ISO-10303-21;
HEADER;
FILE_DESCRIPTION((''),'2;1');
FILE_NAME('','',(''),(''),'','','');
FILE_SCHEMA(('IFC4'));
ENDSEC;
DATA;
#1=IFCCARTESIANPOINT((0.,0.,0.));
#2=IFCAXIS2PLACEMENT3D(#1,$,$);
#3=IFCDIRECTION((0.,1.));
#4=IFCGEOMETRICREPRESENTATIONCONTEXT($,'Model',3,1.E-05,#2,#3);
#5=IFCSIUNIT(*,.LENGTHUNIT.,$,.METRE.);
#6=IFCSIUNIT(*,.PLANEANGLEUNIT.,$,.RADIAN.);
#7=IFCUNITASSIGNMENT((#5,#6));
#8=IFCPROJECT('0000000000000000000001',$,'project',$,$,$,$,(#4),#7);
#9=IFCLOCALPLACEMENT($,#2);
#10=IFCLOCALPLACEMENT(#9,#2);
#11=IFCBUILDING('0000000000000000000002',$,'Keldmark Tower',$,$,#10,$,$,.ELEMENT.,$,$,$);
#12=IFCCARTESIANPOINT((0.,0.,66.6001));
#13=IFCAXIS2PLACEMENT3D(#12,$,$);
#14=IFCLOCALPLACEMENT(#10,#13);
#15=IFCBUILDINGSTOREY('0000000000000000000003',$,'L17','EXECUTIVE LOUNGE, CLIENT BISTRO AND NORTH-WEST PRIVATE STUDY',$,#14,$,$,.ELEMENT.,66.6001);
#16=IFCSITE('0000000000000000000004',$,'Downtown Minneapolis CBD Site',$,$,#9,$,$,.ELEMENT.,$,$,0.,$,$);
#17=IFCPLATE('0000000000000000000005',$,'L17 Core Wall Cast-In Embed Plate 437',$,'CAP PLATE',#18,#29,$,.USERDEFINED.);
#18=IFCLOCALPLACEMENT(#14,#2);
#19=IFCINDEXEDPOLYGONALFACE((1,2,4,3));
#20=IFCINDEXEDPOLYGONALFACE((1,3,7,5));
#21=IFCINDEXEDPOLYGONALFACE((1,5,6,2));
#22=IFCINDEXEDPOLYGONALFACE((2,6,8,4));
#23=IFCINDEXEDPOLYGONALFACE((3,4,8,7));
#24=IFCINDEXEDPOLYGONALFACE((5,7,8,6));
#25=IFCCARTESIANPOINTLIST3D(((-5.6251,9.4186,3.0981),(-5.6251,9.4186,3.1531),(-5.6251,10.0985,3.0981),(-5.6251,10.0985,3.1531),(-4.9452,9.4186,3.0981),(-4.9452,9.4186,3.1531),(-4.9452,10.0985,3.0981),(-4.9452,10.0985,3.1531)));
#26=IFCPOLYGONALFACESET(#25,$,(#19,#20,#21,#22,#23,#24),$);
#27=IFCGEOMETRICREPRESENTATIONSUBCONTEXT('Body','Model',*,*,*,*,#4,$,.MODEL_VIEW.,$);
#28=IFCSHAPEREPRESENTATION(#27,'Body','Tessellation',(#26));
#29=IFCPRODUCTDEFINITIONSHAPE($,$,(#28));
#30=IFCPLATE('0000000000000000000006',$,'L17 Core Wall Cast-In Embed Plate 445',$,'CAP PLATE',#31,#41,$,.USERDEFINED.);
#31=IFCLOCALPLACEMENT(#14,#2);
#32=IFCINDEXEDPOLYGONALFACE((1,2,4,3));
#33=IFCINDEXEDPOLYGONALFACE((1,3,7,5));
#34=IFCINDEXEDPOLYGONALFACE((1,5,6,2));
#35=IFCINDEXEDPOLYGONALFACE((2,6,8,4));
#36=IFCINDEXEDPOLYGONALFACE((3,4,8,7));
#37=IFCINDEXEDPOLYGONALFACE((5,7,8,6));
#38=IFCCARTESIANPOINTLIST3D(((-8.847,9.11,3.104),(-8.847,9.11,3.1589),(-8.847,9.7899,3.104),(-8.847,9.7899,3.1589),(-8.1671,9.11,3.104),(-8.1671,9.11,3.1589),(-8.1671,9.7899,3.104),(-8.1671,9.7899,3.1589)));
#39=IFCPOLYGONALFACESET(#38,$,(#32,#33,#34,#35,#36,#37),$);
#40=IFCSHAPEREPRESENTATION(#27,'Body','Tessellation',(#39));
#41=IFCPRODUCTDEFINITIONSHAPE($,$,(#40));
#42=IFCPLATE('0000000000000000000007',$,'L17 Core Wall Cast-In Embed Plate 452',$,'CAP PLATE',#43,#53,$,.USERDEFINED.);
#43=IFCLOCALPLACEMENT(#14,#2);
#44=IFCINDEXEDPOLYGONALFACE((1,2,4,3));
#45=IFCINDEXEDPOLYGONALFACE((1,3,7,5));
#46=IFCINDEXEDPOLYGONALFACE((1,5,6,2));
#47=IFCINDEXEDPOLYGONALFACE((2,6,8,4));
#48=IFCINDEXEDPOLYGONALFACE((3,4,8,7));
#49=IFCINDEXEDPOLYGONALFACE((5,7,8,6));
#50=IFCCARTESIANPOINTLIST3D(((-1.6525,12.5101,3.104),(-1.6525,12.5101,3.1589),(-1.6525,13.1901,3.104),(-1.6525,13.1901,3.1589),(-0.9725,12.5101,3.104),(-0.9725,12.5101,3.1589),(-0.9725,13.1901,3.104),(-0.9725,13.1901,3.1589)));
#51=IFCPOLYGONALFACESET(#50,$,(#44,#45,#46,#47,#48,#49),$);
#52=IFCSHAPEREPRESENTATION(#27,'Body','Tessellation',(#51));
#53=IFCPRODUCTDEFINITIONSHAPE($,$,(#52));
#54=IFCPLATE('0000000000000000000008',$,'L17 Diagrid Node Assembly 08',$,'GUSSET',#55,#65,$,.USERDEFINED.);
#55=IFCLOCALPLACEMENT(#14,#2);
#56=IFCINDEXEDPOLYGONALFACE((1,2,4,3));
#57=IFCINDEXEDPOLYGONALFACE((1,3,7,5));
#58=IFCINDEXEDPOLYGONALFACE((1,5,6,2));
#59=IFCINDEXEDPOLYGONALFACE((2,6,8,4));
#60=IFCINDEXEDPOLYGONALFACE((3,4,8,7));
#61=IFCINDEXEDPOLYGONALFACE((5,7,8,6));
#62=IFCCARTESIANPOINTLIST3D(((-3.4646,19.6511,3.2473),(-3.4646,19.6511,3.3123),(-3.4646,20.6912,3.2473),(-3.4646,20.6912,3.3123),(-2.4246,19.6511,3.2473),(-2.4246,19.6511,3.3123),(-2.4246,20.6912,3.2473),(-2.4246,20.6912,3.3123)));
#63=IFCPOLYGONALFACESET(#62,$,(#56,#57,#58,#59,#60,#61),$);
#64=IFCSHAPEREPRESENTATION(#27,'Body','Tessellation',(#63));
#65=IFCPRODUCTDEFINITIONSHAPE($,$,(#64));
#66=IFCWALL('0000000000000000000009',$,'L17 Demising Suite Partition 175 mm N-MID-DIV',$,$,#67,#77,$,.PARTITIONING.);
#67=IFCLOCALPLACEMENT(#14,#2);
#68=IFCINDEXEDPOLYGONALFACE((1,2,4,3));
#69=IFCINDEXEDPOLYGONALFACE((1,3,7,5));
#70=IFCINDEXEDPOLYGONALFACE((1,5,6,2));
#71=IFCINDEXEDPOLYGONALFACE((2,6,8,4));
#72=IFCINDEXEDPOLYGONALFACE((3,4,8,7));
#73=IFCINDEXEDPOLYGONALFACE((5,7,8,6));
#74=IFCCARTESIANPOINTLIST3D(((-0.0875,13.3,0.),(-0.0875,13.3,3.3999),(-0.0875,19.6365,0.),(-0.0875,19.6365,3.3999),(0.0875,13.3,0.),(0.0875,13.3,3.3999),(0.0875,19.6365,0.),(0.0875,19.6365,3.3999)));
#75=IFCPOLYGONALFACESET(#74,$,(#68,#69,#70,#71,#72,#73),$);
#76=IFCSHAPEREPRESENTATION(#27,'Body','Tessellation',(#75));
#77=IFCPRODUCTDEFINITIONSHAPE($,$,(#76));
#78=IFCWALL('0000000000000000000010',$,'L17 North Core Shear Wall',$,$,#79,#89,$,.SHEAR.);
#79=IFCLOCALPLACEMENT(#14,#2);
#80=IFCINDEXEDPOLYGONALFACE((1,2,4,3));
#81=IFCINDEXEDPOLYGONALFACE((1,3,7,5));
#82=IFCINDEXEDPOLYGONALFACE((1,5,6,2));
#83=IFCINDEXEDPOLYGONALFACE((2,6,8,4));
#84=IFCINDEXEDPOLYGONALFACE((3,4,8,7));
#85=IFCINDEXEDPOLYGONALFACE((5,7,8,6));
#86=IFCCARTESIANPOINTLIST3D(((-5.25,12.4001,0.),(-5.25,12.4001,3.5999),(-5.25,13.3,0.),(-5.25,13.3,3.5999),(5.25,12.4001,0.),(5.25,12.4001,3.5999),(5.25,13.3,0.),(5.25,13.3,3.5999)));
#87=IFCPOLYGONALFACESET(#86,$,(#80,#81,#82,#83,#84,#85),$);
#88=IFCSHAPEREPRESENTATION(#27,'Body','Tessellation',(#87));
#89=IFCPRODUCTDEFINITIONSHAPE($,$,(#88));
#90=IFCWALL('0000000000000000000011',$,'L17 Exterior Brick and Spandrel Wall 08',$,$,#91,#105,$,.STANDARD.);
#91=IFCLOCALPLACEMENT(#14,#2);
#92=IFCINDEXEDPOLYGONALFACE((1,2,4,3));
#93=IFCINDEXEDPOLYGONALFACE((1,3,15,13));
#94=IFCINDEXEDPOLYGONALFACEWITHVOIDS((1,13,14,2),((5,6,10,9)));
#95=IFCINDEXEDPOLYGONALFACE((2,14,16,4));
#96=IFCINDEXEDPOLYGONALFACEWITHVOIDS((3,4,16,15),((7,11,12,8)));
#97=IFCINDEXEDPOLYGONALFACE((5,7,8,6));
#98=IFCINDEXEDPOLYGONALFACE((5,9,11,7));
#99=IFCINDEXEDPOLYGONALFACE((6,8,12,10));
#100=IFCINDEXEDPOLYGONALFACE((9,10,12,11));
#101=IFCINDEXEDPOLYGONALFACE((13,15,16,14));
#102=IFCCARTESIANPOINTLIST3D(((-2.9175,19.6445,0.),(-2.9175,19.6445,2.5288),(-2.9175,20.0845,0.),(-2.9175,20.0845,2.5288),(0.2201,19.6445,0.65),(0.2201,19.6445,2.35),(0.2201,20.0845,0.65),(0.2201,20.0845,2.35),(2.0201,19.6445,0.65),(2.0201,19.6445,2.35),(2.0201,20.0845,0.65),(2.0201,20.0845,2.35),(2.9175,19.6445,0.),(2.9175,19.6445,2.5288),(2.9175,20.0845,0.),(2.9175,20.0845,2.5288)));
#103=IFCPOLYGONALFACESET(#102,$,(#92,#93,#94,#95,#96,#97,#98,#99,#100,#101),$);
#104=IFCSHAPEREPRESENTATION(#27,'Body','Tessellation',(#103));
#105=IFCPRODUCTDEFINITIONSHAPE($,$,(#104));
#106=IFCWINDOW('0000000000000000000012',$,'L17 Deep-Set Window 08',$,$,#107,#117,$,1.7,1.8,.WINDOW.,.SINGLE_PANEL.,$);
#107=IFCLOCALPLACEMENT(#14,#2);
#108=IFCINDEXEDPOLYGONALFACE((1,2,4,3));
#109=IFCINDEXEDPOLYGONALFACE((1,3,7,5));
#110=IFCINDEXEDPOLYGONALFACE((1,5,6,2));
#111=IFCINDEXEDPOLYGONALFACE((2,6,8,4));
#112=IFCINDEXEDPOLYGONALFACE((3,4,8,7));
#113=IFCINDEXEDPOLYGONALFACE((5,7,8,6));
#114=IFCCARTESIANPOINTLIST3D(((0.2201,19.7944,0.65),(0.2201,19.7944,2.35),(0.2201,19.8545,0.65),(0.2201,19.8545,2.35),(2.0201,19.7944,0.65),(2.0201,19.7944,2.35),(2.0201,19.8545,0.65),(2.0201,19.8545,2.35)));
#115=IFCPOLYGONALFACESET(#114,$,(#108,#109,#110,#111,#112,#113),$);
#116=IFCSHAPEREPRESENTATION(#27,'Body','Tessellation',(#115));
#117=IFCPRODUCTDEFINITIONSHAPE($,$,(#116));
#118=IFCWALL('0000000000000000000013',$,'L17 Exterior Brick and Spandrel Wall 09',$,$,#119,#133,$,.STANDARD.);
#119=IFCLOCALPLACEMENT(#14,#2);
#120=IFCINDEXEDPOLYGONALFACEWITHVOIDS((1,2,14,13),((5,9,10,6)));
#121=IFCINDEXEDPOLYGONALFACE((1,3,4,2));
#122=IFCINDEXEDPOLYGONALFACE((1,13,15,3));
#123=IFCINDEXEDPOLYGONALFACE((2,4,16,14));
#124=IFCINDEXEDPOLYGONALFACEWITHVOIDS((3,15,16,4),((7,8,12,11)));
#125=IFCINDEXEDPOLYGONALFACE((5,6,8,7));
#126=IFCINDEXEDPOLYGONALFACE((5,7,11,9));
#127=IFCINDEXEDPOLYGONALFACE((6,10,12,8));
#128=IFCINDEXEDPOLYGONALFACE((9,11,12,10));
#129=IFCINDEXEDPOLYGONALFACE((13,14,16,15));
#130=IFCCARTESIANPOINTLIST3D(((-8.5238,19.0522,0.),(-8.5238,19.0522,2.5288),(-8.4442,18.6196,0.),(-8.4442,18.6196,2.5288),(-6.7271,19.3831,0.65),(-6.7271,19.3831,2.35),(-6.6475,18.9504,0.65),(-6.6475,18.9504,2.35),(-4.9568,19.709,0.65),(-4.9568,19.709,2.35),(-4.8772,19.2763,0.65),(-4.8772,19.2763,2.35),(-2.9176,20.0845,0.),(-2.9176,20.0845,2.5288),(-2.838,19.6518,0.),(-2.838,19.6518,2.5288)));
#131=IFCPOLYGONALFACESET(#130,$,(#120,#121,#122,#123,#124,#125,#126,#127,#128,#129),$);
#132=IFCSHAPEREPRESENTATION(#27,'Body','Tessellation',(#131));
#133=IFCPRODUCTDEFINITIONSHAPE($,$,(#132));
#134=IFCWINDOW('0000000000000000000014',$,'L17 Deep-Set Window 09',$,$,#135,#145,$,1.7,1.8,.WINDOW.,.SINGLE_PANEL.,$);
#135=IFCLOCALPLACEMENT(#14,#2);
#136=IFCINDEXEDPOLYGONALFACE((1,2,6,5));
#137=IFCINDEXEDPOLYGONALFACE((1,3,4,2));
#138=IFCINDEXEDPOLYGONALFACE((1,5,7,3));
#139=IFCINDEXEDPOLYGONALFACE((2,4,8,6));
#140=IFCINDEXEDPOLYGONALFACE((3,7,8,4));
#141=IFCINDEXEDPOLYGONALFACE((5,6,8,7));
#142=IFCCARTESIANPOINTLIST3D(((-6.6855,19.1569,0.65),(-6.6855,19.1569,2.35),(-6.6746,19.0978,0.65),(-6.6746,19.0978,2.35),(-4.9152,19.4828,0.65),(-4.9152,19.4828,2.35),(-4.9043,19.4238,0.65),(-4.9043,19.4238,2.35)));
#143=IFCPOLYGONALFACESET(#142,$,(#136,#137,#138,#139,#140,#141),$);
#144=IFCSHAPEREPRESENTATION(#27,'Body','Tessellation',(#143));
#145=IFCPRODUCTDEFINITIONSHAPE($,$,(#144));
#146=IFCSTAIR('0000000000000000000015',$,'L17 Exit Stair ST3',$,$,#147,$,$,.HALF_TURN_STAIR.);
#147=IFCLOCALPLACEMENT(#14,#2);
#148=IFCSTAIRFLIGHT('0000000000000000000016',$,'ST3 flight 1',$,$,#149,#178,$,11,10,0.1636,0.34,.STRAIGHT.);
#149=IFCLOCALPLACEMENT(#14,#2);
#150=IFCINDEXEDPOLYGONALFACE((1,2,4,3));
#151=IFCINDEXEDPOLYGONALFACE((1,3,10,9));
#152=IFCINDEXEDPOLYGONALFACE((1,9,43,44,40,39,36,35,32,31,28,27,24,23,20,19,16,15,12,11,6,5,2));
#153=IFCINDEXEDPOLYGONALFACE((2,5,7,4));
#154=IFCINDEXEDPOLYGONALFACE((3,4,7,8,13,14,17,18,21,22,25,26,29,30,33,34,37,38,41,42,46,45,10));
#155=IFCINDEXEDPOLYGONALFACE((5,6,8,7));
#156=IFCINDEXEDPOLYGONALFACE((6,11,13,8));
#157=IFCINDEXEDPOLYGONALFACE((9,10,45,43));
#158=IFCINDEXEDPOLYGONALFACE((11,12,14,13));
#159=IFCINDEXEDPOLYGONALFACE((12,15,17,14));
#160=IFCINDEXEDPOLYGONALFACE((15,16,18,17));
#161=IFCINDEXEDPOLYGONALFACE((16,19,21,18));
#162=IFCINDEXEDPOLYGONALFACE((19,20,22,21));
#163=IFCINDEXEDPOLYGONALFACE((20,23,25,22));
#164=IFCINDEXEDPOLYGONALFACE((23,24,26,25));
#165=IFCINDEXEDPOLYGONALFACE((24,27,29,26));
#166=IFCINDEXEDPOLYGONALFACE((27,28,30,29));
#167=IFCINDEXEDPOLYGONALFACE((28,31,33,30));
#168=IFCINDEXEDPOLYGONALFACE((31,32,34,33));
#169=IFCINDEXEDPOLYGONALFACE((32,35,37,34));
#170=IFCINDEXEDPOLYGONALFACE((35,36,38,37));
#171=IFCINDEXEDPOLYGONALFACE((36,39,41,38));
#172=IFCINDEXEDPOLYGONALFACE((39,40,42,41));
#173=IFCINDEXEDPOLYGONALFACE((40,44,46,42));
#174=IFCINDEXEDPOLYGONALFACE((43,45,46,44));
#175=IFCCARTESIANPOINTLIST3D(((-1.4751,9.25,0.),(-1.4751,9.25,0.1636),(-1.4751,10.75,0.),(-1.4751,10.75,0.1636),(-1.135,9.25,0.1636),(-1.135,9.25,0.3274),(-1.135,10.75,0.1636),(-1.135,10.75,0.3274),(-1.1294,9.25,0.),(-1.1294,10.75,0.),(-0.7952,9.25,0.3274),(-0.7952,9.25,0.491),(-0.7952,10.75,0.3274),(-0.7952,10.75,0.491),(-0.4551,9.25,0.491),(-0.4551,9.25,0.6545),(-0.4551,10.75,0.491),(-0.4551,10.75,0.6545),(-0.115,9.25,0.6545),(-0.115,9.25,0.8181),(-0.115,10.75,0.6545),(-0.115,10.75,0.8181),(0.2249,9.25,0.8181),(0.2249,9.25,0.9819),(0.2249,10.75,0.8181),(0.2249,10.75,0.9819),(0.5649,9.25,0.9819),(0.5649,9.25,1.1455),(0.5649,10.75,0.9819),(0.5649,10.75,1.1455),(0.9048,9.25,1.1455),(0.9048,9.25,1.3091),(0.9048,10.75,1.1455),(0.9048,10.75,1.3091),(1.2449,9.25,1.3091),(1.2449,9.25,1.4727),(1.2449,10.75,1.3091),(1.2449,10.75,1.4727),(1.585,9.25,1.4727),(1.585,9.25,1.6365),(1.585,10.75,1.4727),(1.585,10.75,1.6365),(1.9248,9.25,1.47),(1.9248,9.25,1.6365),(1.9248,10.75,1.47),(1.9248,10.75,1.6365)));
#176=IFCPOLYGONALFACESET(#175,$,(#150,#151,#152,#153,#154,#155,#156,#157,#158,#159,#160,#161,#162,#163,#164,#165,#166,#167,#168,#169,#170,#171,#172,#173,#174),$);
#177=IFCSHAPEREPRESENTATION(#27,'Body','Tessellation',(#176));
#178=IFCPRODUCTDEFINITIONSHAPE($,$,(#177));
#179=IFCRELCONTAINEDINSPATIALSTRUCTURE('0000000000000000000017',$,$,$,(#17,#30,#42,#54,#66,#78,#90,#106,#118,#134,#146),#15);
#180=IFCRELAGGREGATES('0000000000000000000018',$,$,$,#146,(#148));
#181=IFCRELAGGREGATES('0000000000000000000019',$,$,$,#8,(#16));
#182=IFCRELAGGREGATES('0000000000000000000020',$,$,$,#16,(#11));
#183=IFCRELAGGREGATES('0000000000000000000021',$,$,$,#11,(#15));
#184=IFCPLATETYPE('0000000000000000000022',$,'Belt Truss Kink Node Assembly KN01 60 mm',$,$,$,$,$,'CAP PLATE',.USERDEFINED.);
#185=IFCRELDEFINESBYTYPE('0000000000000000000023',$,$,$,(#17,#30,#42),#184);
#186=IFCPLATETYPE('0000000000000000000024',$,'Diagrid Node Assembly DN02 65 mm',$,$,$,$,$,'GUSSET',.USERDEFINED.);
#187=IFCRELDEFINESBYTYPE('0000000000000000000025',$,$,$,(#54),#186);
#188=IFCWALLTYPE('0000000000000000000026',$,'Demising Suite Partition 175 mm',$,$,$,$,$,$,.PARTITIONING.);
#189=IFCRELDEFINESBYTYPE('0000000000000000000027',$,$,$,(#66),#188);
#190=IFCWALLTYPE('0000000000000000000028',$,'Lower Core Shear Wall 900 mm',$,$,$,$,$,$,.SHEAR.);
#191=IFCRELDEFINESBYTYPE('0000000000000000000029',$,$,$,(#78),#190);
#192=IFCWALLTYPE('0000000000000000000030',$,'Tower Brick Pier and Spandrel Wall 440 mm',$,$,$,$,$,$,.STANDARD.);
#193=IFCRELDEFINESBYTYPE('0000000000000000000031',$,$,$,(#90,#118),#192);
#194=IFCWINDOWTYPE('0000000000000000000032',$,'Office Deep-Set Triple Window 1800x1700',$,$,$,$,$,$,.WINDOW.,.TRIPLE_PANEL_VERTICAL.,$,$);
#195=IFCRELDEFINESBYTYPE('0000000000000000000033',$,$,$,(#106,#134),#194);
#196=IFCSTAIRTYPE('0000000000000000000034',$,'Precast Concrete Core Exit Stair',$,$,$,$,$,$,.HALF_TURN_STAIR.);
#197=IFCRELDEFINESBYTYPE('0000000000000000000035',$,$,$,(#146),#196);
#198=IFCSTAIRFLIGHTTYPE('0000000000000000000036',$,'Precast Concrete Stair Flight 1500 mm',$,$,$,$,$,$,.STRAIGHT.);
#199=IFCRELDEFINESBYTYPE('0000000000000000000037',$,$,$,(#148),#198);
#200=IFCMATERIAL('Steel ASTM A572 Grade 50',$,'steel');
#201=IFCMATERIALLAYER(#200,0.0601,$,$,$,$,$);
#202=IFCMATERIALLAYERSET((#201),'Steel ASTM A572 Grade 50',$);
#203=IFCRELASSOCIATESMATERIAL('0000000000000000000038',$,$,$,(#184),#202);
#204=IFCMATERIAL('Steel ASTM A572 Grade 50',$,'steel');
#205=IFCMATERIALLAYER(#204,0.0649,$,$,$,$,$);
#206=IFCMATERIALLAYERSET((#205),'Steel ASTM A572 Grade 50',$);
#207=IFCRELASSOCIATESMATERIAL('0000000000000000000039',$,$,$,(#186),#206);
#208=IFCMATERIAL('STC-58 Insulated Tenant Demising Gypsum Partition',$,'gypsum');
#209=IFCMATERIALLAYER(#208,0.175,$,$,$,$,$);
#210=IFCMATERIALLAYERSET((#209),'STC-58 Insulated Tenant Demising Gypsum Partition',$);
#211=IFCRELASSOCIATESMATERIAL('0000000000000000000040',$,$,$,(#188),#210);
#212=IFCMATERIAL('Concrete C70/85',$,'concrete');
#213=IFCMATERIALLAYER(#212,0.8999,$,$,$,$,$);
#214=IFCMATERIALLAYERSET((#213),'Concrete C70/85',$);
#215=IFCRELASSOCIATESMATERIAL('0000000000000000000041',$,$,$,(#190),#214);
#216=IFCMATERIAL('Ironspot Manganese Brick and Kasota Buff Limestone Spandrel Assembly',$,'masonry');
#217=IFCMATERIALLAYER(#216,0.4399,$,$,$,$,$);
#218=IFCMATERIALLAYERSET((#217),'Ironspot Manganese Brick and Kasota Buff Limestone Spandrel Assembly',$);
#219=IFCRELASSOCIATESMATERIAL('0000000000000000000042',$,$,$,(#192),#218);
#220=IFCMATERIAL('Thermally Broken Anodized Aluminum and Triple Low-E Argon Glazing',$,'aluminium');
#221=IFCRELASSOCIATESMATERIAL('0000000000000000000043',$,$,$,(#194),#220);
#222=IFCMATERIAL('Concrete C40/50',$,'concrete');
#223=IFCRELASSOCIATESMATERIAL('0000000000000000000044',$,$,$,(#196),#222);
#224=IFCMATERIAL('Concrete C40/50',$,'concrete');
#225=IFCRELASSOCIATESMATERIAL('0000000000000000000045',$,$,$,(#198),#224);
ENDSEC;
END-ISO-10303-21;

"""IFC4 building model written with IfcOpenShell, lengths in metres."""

from ifc_helpers import new_model, si_unit, direction, frame, frame_2d, origin, origin_2d, place, context, subcontext, project, spatial, polyline, rectangle, outline, extrude, material, layer, layer_set, type_object, element, fill, aggregate, save


model = new_model("IFC4")

# Units and contexts
model_context = context("Model", 3, precision=1e-05, world=origin(), true_north=direction((0.0, 1.0)))
body_context = subcontext(model_context, "Body", "Model", "MODEL_VIEW")
ifc_project = project(units=[si_unit("LENGTHUNIT", "METRE"), si_unit("PLANEANGLEUNIT", "RADIAN")], contexts=[model_context])

# Site, building, storey
site_placement = place(None, origin())
site = spatial("IfcSite", under=ifc_project, at=site_placement, Name="Downtown Minneapolis CBD Site", CompositionType="ELEMENT", RefElevation=0.0)
building_placement = place(site_placement, origin())
building = spatial("IfcBuilding", under=site, at=building_placement, Name="Keldmark Tower", CompositionType="ELEMENT")
storey_placement = place(building_placement, frame((0.0, 0.0, 66.6001)))
storey = spatial("IfcBuildingStorey", under=building, at=storey_placement, Name="L17", Description="EXECUTIVE LOUNGE, CLIENT BISTRO AND NORTH-WEST PRIVATE STUDY", CompositionType="ELEMENT", Elevation=66.6001)

# Plates
ifc_material_1 = material(Name="Steel ASTM A572 Grade 50", Category="steel")
ifc_layer_1 = layer(ifc_material_1, 0.0601)
ifc_layer_set_1 = layer_set([ifc_layer_1], Name="Steel ASTM A572 Grade 50")
plate_type_1 = type_object("IfcPlateType", Name="Belt Truss Kink Node Assembly KN01 60 mm", ElementType="CAP PLATE", PredefinedType="USERDEFINED", material=ifc_layer_set_1)
for number, where, z_axis, x_axis, name in (
    (1, (-5.2852, 9.7585, 3.0981), (0.0, 0.0, 1.0), (1.0, 0.0, 0.0), "L17 Core Wall Cast-In Embed Plate 437"),
    (2, (-8.5071, 9.45, 3.104), (0.0, 0.0, 1.0), (1.0, 0.0, 0.0), "L17 Core Wall Cast-In Embed Plate 445"),
    (3, (-1.3125, 12.8501, 3.104), (0.0, 0.0, 1.0), (1.0, 0.0, 0.0), "L17 Core Wall Cast-In Embed Plate 452"),
):
    element("IfcPlate", number, at=place(storey_placement, frame(where, z_axis=z_axis, x_axis=x_axis)), inside=storey, type_object=plate_type_1, Name=name, ObjectType="CAP PLATE", PredefinedType="USERDEFINED", context=body_context, shape_type="SweptSolid", body=[
        extrude(rectangle(XDim=0.6799, YDim=0.6799, at=origin_2d()), origin(), (0.0, 0.0, 1.0), 0.0549),
    ])
ifc_material_2 = material(Name="Steel ASTM A572 Grade 50", Category="steel")
ifc_layer_2 = layer(ifc_material_2, 0.0649)
ifc_layer_set_2 = layer_set([ifc_layer_2], Name="Steel ASTM A572 Grade 50")
plate_type_2 = type_object("IfcPlateType", Name="Diagrid Node Assembly DN02 65 mm", ElementType="GUSSET", PredefinedType="USERDEFINED", material=ifc_layer_set_2)
plate_placement = place(storey_placement, frame((-2.9446, 20.1711, 3.2473), z_axis=(0.0, 0.0, 1.0), x_axis=(-1.0, 0.0, 0.0)))
element("IfcPlate", 4, at=plate_placement, inside=storey, type_object=plate_type_2, Name="L17 Diagrid Node Assembly 08", ObjectType="GUSSET", PredefinedType="USERDEFINED", context=body_context, shape_type="SweptSolid", body=[
    extrude(rectangle(XDim=1.04, YDim=1.04, at=origin_2d()), origin(), (0.0, 0.0, 1.0), 0.0649),
])

# Walls
ifc_material_3 = material(Name="STC-58 Insulated Tenant Demising Gypsum Partition", Category="gypsum")
ifc_layer_3 = layer(ifc_material_3, 0.175)
ifc_layer_set_3 = layer_set([ifc_layer_3], Name="STC-58 Insulated Tenant Demising Gypsum Partition")
wall_type_1 = type_object("IfcWallType", Name="Demising Suite Partition 175 mm", PredefinedType="PARTITIONING", material=ifc_layer_set_3)
wall_1_placement = place(storey_placement, frame((0.0, 13.3, 0.0), z_axis=(0.0, 0.0, 1.0), x_axis=(0.0, 1.0, 0.0)))
element("IfcWall", 5, at=wall_1_placement, inside=storey, type_object=wall_type_1, Name="L17 Demising Suite Partition 175 mm N-MID-DIV", PredefinedType="PARTITIONING", context=body_context, shape_type="SweptSolid", body=[
    extrude(rectangle(XDim=6.3364, YDim=0.175, at=frame_2d((3.1682, 0.0))), origin(), (0.0, 0.0, 1.0), 3.3999),
])
ifc_material_4 = material(Name="Concrete C70/85", Category="concrete")
ifc_layer_4 = layer(ifc_material_4, 0.8999)
ifc_layer_set_4 = layer_set([ifc_layer_4], Name="Concrete C70/85")
wall_type_2 = type_object("IfcWallType", Name="Lower Core Shear Wall 900 mm", PredefinedType="SHEAR", material=ifc_layer_set_4)
wall_2_placement = place(storey_placement, frame((-5.25, 12.8501, 0.0), z_axis=(0.0, 0.0, 1.0), x_axis=(1.0, 0.0, 0.0)))
element("IfcWall", 6, at=wall_2_placement, inside=storey, type_object=wall_type_2, Name="L17 North Core Shear Wall", PredefinedType="SHEAR", context=body_context, shape_type="SweptSolid", body=[
    extrude(rectangle(XDim=10.5, YDim=0.8999, at=frame_2d((5.25, 0.0))), origin(), (0.0, 0.0, 1.0), 3.5999),
])

# Walls, openings, windows
ifc_material_5 = material(Name="Ironspot Manganese Brick and Kasota Buff Limestone Spandrel Assembly", Category="masonry")
ifc_layer_5 = layer(ifc_material_5, 0.4399)
ifc_layer_set_5 = layer_set([ifc_layer_5], Name="Ironspot Manganese Brick and Kasota Buff Limestone Spandrel Assembly")
wall_type_3 = type_object("IfcWallType", Name="Tower Brick Pier and Spandrel Wall 440 mm", PredefinedType="STANDARD", material=ifc_layer_set_5)
wall_3_placement = place(storey_placement, frame((-2.9175, 19.8645, 0.0), z_axis=(0.0, 0.0, 1.0), x_axis=(1.0, 0.0, 0.0)))
wall_3 = element("IfcWall", 7, at=wall_3_placement, inside=storey, type_object=wall_type_3, Name="L17 Exterior Brick and Spandrel Wall 08", PredefinedType="STANDARD", context=body_context, shape_type="SweptSolid", body=[
    extrude(rectangle(XDim=5.835, YDim=0.4399, at=frame_2d((2.9175, 0.0))), origin(), (0.0, 0.0, 1.0), 2.5288),
])
opening_1_placement = place(wall_3_placement, frame((3.1377, 0.0, 0.6499)))
opening_1 = element("IfcOpeningElement", 8, at=opening_1_placement, cuts=wall_3, PredefinedType="OPENING", context=body_context, shape_type="SweptSolid", body=[
    extrude(rectangle(XDim=1.8, YDim=1.7, at=frame_2d((0.8999, 0.8501))), frame((0.0, 0.23, 0.0), z_axis=(0.0, -1.0, 0.0), x_axis=(1.0, 0.0, 0.0)), (0.0, 0.0, 1.0), 0.46),
])
ifc_material_6 = material(Name="Thermally Broken Anodized Aluminum and Triple Low-E Argon Glazing", Category="aluminium")
window_type = type_object("IfcWindowType", Name="Office Deep-Set Triple Window 1800x1700", PartitioningType="TRIPLE_PANEL_VERTICAL", PredefinedType="WINDOW", material=ifc_material_6)
window_1_placement = place(opening_1_placement, origin())
window_1 = element("IfcWindow", 9, at=window_1_placement, inside=storey, type_object=window_type, Name="L17 Deep-Set Window 08", OverallHeight=1.7, OverallWidth=1.8, PartitioningType="SINGLE_PANEL", PredefinedType="WINDOW", context=body_context, shape_type="SweptSolid", body=[
    extrude(rectangle(XDim=1.8, YDim=1.7, at=frame_2d((0.8999, 0.8501))), frame((0.0, -0.01, 0.0), z_axis=(0.0, -1.0, 0.0), x_axis=(1.0, 0.0, 0.0)), (0.0, 0.0, 1.0), 0.0601),
])
fill(opening_1, window_1)
wall_4_placement = place(storey_placement, frame((-8.4839, 18.8359, 0.0), z_axis=(0.0, 0.0, 1.0), x_axis=(0.983469, 0.181078, 0.0)))
wall_4 = element("IfcWall", 10, at=wall_4_placement, inside=storey, type_object=wall_type_3, Name="L17 Exterior Brick and Spandrel Wall 09", PredefinedType="STANDARD", context=body_context, shape_type="SweptSolid", body=[
    extrude(rectangle(XDim=5.7004, YDim=0.4399, at=frame_2d((2.8501, 0.0))), origin(), (0.0, 0.0, 1.0), 2.5288),
])
opening_2_placement = place(wall_4_placement, frame((1.8269, 0.0, 0.6499)))
opening_2 = element("IfcOpeningElement", 11, at=opening_2_placement, cuts=wall_4, PredefinedType="OPENING", context=body_context, shape_type="SweptSolid", body=[
    extrude(rectangle(XDim=1.8, YDim=1.7, at=frame_2d((0.8999, 0.8501))), frame((0.0, 0.23, 0.0), z_axis=(0.0, -1.0, 0.0), x_axis=(1.0, 0.0, 0.0)), (0.0, 0.0, 1.0), 0.46),
])
window_2_placement = place(opening_2_placement, origin())
window_2 = element("IfcWindow", 12, at=window_2_placement, inside=storey, type_object=window_type, Name="L17 Deep-Set Window 09", OverallHeight=1.7, OverallWidth=1.8, PartitioningType="SINGLE_PANEL", PredefinedType="WINDOW", context=body_context, shape_type="SweptSolid", body=[
    extrude(rectangle(XDim=1.8, YDim=1.7, at=frame_2d((0.8999, 0.8501))), frame((0.0, -0.01, 0.0), z_axis=(0.0, -1.0, 0.0), x_axis=(1.0, 0.0, 0.0)), (0.0, 0.0, 1.0), 0.0601),
])
fill(opening_2, window_2)

# Stair, stair flight
ifc_material_7 = material(Name="Concrete C40/50", Category="concrete")
stair_type = type_object("IfcStairType", Name="Precast Concrete Core Exit Stair", PredefinedType="HALF_TURN_STAIR", material=ifc_material_7)
stair_placement = place(storey_placement, origin())
stair = element("IfcStair", 13, at=stair_placement, inside=storey, type_object=stair_type, Name="L17 Exit Stair ST3", PredefinedType="HALF_TURN_STAIR")
ifc_material_8 = material(Name="Concrete C40/50", Category="concrete")
stair_flight_type = type_object("IfcStairFlightType", Name="Precast Concrete Stair Flight 1500 mm", PredefinedType="STRAIGHT", material=ifc_material_8)
stair_flight_placement = place(storey_placement, frame((-1.4751, 10.0, 0.0), z_axis=(0.0, 0.0, 1.0), x_axis=(1.0, 0.0, 0.0)))
stair_flight = element("IfcStairFlight", 14, at=stair_flight_placement, type_object=stair_flight_type, Name="ST3 flight 1", NumberOfRisers=11, NumberOfTreads=10, PredefinedType="STRAIGHT", RiserHeight=0.1636, TreadLength=0.34, context=body_context, shape_type="SweptSolid", body=[
    extrude(outline(polyline([(0.0, 0.0), (0.0, 0.1636), (0.3401, 0.1636), (0.3401, 0.3274), (0.6799, 0.3274), (0.6799, 0.491), (1.02, 0.491), (1.02, 0.6545), (1.3601, 0.6545), (1.3601, 0.8181), (1.7, 0.8181), (1.7, 0.9819), (2.04, 0.9819), (2.04, 1.1455), (2.3799, 1.1455), (2.3799, 1.3091), (2.72, 1.3091), (2.72, 1.4727), (3.0601, 1.4727), (3.0601, 1.6365), (3.3999, 1.6365), (3.3999, 1.8), (3.3999, 1.47), (0.3457, 0.0), (0.0, 0.0)])), frame((0.0, 0.75, 0.0), z_axis=(0.0, -1.0, 0.0), x_axis=(1.0, 0.0, 0.0)), (0.0, 0.0, 1.0), 1.5),
])
aggregate(stair, [stair_flight])

save(model, "model.ifc")
